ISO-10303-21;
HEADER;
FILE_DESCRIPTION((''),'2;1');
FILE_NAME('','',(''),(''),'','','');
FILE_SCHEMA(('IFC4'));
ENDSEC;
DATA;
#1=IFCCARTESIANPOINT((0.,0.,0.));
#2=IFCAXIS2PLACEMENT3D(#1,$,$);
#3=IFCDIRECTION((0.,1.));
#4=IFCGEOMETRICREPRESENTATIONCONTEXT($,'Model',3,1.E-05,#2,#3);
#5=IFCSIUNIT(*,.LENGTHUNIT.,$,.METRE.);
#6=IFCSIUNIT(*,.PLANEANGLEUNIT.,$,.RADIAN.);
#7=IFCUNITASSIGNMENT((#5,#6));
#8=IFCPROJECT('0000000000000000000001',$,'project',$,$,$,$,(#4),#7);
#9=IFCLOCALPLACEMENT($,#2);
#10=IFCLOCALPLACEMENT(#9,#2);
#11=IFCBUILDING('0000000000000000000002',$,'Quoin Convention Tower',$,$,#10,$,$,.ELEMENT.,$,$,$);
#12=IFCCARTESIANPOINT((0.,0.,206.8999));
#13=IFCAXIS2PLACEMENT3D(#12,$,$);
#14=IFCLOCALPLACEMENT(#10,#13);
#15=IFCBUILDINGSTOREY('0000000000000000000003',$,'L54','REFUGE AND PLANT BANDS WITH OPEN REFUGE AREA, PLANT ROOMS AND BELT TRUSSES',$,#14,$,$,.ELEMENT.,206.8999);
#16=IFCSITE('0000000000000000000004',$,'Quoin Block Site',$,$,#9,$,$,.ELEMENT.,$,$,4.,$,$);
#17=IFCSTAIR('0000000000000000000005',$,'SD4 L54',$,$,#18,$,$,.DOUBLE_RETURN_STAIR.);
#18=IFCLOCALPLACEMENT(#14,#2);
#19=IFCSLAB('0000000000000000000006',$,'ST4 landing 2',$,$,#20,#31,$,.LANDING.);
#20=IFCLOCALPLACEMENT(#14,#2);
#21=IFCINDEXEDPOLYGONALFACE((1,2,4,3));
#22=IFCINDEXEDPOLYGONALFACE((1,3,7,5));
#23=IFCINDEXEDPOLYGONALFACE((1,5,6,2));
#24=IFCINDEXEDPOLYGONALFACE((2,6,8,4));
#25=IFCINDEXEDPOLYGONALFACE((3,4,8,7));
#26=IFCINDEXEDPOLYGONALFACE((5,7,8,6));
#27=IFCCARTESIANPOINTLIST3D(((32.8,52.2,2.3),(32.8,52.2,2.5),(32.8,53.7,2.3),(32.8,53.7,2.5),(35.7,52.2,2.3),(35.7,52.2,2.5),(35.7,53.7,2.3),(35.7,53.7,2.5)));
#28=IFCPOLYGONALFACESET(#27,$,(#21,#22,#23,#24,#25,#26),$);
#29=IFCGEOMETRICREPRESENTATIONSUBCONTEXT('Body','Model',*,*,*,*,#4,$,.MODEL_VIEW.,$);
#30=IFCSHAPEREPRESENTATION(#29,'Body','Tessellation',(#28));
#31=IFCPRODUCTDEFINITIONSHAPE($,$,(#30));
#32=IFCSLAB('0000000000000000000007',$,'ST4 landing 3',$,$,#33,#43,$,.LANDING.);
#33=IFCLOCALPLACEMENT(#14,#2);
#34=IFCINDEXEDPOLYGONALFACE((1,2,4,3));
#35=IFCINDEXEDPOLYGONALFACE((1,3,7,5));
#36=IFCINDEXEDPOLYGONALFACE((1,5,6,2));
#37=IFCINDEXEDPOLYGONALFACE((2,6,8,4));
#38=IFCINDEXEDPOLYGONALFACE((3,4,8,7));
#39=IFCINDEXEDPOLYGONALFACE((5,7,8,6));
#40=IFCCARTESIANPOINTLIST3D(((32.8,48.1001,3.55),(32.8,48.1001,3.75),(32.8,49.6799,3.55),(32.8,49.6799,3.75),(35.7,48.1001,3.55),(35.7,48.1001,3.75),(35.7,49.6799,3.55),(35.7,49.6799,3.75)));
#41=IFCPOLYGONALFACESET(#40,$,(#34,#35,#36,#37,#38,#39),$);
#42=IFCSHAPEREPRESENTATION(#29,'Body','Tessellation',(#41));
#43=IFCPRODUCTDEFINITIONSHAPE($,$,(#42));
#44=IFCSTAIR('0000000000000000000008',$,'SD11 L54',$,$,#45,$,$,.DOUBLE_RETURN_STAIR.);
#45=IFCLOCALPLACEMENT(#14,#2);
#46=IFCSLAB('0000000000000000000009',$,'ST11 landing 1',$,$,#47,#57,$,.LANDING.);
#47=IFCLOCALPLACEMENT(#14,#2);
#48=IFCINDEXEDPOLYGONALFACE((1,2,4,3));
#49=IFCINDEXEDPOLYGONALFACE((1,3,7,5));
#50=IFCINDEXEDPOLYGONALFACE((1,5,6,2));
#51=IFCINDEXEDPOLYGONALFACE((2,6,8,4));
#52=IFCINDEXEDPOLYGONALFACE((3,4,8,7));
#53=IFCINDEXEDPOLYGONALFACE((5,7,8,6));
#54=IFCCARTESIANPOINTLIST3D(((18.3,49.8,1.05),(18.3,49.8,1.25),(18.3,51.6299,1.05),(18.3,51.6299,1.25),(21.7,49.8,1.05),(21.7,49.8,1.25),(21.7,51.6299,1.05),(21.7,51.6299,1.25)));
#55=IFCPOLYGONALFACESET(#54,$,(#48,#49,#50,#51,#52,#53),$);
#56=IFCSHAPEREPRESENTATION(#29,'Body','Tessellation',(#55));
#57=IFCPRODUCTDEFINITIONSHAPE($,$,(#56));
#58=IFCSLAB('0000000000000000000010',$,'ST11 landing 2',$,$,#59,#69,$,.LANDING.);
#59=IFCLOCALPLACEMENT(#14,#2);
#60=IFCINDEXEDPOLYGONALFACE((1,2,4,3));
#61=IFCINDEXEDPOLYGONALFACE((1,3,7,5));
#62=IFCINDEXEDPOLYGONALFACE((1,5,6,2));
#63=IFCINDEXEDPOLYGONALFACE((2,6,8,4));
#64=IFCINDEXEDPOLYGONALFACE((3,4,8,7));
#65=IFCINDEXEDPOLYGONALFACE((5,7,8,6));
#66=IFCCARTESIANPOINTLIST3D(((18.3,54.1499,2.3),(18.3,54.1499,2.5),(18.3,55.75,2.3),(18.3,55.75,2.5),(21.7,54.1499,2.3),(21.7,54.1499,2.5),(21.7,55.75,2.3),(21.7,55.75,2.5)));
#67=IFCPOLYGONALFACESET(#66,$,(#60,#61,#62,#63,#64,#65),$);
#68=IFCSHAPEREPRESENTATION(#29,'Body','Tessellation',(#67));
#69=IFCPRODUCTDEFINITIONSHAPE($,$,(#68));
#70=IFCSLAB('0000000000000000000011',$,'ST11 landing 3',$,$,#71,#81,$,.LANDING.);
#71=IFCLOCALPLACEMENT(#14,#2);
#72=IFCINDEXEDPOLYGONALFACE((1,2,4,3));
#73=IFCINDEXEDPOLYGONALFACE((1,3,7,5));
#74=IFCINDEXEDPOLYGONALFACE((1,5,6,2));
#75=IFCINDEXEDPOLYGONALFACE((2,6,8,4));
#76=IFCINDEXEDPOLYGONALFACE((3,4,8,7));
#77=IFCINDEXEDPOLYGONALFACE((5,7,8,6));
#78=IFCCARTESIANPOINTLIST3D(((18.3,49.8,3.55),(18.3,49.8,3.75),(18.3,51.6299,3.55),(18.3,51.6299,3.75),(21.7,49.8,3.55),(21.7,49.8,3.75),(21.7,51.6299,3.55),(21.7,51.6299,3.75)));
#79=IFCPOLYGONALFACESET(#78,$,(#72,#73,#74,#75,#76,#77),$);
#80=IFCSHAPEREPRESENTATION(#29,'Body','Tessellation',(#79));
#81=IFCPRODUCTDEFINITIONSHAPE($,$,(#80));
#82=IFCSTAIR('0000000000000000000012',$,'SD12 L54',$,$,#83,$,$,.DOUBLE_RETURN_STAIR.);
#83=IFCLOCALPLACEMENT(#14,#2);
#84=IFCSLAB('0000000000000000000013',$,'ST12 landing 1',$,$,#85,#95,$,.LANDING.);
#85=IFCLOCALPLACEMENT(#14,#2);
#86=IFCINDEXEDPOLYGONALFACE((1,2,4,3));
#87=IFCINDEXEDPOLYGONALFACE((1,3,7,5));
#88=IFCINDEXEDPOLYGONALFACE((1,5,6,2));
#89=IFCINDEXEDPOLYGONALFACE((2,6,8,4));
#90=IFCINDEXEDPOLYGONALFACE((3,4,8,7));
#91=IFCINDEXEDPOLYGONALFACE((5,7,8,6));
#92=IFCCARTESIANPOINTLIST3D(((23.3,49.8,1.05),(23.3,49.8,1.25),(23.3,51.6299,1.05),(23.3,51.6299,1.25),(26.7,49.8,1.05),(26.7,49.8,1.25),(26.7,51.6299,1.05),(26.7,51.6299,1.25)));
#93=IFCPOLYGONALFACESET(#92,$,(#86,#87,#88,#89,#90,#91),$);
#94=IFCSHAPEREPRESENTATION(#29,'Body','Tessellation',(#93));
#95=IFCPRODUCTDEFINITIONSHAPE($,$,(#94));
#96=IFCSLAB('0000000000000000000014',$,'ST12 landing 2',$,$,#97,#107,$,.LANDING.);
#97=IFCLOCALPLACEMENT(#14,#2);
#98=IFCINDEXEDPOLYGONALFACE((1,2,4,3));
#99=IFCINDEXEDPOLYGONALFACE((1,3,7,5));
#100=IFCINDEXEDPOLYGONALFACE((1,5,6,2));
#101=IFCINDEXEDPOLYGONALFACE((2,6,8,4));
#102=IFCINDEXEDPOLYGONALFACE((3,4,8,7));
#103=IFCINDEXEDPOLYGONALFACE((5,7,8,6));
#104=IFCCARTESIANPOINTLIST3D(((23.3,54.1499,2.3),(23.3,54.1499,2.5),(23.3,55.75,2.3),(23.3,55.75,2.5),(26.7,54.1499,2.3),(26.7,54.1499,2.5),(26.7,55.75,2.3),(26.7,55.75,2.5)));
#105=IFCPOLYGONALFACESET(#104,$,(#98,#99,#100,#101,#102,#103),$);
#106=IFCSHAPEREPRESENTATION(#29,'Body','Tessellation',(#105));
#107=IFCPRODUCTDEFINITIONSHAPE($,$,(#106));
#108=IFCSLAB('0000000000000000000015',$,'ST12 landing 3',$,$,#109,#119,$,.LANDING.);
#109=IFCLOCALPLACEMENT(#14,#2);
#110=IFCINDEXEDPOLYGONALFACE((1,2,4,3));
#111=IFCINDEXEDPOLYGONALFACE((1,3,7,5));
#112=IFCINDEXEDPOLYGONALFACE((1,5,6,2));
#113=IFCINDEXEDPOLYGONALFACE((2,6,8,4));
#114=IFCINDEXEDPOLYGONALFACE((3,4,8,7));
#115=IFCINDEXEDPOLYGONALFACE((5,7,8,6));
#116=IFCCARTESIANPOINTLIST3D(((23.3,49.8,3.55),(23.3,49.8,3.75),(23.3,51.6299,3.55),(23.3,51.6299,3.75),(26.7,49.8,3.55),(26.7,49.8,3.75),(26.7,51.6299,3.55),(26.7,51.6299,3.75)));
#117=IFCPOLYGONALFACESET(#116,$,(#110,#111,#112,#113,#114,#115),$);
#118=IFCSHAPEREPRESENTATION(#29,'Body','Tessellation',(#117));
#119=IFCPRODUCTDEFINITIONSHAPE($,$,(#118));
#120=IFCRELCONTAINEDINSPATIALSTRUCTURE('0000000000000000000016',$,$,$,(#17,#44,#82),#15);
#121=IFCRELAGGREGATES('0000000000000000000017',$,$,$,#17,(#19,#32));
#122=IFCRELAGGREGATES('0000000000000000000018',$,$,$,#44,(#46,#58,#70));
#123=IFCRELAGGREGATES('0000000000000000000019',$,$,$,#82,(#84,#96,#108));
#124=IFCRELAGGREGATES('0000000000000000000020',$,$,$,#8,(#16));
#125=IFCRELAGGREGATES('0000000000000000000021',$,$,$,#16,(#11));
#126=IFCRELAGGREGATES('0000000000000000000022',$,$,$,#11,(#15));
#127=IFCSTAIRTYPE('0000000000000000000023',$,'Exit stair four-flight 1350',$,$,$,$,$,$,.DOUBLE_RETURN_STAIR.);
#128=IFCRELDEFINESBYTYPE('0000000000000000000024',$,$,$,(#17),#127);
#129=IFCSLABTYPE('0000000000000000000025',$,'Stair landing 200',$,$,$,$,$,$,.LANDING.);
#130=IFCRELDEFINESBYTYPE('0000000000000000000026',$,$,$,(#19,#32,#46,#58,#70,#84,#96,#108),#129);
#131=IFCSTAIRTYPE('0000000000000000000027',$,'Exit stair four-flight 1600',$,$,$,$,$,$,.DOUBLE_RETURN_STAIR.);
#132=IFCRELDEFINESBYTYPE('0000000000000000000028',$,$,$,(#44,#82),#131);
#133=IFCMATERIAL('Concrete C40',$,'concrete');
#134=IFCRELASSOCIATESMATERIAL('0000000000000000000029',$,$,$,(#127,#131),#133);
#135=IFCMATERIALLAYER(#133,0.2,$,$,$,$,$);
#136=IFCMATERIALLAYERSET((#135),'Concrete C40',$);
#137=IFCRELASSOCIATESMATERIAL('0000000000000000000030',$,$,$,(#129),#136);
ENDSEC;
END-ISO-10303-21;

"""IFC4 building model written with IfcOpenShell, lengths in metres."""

from ifc_helpers import new_model, si_unit, direction, frame, origin, place, context, subcontext, project, spatial, polyline, outline, extrude, material, layer, layer_set, type_object, element, aggregate, save


model = new_model("IFC4")

# Units and contexts
model_context = context("Model", 3, precision=1e-05, world=origin(), true_north=direction((0.0, 1.0)))
body_context = subcontext(model_context, "Body", "Model", "MODEL_VIEW")
ifc_project = project(units=[si_unit("LENGTHUNIT", "METRE"), si_unit("PLANEANGLEUNIT", "RADIAN")], contexts=[model_context])

# Site, building, storey
site_placement = place(None, origin())
site = spatial("IfcSite", under=ifc_project, at=site_placement, Name="Quoin Block Site", CompositionType="ELEMENT", RefElevation=4.0)
building_placement = place(site_placement, origin())
building = spatial("IfcBuilding", under=site, at=building_placement, Name="Quoin Convention Tower", CompositionType="ELEMENT")
storey_placement = place(building_placement, frame((0.0, 0.0, 206.8999)))
storey = spatial("IfcBuildingStorey", under=building, at=storey_placement, Name="L54", Description="REFUGE AND PLANT BANDS WITH OPEN REFUGE AREA, PLANT ROOMS AND BELT TRUSSES", CompositionType="ELEMENT", Elevation=206.8999)

# Shared definitions
ifc_material_1 = material(Name="Concrete C40", Category="concrete")

# Stairs, slabs
stair_type_1 = type_object("IfcStairType", Name="Exit stair four-flight 1350", PredefinedType="DOUBLE_RETURN_STAIR", material=ifc_material_1)
ifc_layer_1 = layer(ifc_material_1, 0.2)
ifc_layer_set_1 = layer_set([ifc_layer_1], Name="Concrete C40")
slab_type_1 = type_object("IfcSlabType", Name="Stair landing 200", PredefinedType="LANDING", material=ifc_layer_set_1)
stair_1_placement = place(storey_placement, origin())
stair_1 = element("IfcStair", 1, at=stair_1_placement, inside=storey, type_object=stair_type_1, Name="SD4 L54", PredefinedType="DOUBLE_RETURN_STAIR")
slab_1_placement = place(storey_placement, frame((0.0, 0.0, 2.3)))
slab_1 = element("IfcSlab", 2, at=slab_1_placement, type_object=slab_type_1, Name="ST4 landing 2", PredefinedType="LANDING", context=body_context, shape_type="SweptSolid", body=[
    extrude(outline(polyline([(35.7, 53.7), (32.8, 53.7), (32.8, 52.2), (35.7, 52.2), (35.7, 53.7)])), origin(), (0.0, 0.0, 1.0), 0.2),
])
slab_2_placement = place(storey_placement, frame((0.0, 0.0, 3.55)))
slab_2 = element("IfcSlab", 3, at=slab_2_placement, type_object=slab_type_1, Name="ST4 landing 3", PredefinedType="LANDING", context=body_context, shape_type="SweptSolid", body=[
    extrude(outline(polyline([(35.7, 49.6799), (32.8, 49.6799), (32.8, 48.1001), (35.7, 48.1001), (35.7, 49.6799)])), origin(), (0.0, 0.0, 1.0), 0.2),
])
aggregate(stair_1, [slab_1, slab_2])
stair_type_2 = type_object("IfcStairType", Name="Exit stair four-flight 1600", PredefinedType="DOUBLE_RETURN_STAIR", material=ifc_material_1)
stair_2_placement = place(storey_placement, origin())
stair_2 = element("IfcStair", 4, at=stair_2_placement, inside=storey, type_object=stair_type_2, Name="SD11 L54", PredefinedType="DOUBLE_RETURN_STAIR")
slab_3_placement = place(storey_placement, frame((0.0, 0.0, 1.05)))
slab_3 = element("IfcSlab", 5, at=slab_3_placement, type_object=slab_type_1, Name="ST11 landing 1", PredefinedType="LANDING", context=body_context, shape_type="SweptSolid", body=[
    extrude(outline(polyline([(21.7, 51.6299), (18.3, 51.6299), (18.3, 49.8), (21.7, 49.8), (21.7, 51.6299)])), origin(), (0.0, 0.0, 1.0), 0.2),
])
slab_4_placement = place(storey_placement, frame((0.0, 0.0, 2.3)))
slab_4 = element("IfcSlab", 6, at=slab_4_placement, type_object=slab_type_1, Name="ST11 landing 2", PredefinedType="LANDING", context=body_context, shape_type="SweptSolid", body=[
    extrude(outline(polyline([(21.7, 55.75), (18.3, 55.75), (18.3, 54.1499), (21.7, 54.1499), (21.7, 55.75)])), origin(), (0.0, 0.0, 1.0), 0.2),
])
slab_5_placement = place(storey_placement, frame((0.0, 0.0, 3.55)))
slab_5 = element("IfcSlab", 7, at=slab_5_placement, type_object=slab_type_1, Name="ST11 landing 3", PredefinedType="LANDING", context=body_context, shape_type="SweptSolid", body=[
    extrude(outline(polyline([(21.7, 51.6299), (18.3, 51.6299), (18.3, 49.8), (21.7, 49.8), (21.7, 51.6299)])), origin(), (0.0, 0.0, 1.0), 0.2),
])
aggregate(stair_2, [slab_3, slab_4, slab_5])
stair_3_placement = place(storey_placement, origin())
stair_3 = element("IfcStair", 8, at=stair_3_placement, inside=storey, type_object=stair_type_2, Name="SD12 L54", PredefinedType="DOUBLE_RETURN_STAIR")
slab_6_placement = place(storey_placement, frame((0.0, 0.0, 1.05)))
slab_6 = element("IfcSlab", 9, at=slab_6_placement, type_object=slab_type_1, Name="ST12 landing 1", PredefinedType="LANDING", context=body_context, shape_type="SweptSolid", body=[
    extrude(outline(polyline([(26.7, 51.6299), (23.3, 51.6299), (23.3, 49.8), (26.7, 49.8), (26.7, 51.6299)])), origin(), (0.0, 0.0, 1.0), 0.2),
])
slab_7_placement = place(storey_placement, frame((0.0, 0.0, 2.3)))
slab_7 = element("IfcSlab", 10, at=slab_7_placement, type_object=slab_type_1, Name="ST12 landing 2", PredefinedType="LANDING", context=body_context, shape_type="SweptSolid", body=[
    extrude(outline(polyline([(26.7, 55.75), (23.3, 55.75), (23.3, 54.1499), (26.7, 54.1499), (26.7, 55.75)])), origin(), (0.0, 0.0, 1.0), 0.2),
])
slab_8_placement = place(storey_placement, frame((0.0, 0.0, 3.55)))
slab_8 = element("IfcSlab", 11, at=slab_8_placement, type_object=slab_type_1, Name="ST12 landing 3", PredefinedType="LANDING", context=body_context, shape_type="SweptSolid", body=[
    extrude(outline(polyline([(26.7, 51.6299), (23.3, 51.6299), (23.3, 49.8), (26.7, 49.8), (26.7, 51.6299)])), origin(), (0.0, 0.0, 1.0), 0.2),
])
aggregate(stair_3, [slab_6, slab_7, slab_8])

save(model, "model.ifc")
